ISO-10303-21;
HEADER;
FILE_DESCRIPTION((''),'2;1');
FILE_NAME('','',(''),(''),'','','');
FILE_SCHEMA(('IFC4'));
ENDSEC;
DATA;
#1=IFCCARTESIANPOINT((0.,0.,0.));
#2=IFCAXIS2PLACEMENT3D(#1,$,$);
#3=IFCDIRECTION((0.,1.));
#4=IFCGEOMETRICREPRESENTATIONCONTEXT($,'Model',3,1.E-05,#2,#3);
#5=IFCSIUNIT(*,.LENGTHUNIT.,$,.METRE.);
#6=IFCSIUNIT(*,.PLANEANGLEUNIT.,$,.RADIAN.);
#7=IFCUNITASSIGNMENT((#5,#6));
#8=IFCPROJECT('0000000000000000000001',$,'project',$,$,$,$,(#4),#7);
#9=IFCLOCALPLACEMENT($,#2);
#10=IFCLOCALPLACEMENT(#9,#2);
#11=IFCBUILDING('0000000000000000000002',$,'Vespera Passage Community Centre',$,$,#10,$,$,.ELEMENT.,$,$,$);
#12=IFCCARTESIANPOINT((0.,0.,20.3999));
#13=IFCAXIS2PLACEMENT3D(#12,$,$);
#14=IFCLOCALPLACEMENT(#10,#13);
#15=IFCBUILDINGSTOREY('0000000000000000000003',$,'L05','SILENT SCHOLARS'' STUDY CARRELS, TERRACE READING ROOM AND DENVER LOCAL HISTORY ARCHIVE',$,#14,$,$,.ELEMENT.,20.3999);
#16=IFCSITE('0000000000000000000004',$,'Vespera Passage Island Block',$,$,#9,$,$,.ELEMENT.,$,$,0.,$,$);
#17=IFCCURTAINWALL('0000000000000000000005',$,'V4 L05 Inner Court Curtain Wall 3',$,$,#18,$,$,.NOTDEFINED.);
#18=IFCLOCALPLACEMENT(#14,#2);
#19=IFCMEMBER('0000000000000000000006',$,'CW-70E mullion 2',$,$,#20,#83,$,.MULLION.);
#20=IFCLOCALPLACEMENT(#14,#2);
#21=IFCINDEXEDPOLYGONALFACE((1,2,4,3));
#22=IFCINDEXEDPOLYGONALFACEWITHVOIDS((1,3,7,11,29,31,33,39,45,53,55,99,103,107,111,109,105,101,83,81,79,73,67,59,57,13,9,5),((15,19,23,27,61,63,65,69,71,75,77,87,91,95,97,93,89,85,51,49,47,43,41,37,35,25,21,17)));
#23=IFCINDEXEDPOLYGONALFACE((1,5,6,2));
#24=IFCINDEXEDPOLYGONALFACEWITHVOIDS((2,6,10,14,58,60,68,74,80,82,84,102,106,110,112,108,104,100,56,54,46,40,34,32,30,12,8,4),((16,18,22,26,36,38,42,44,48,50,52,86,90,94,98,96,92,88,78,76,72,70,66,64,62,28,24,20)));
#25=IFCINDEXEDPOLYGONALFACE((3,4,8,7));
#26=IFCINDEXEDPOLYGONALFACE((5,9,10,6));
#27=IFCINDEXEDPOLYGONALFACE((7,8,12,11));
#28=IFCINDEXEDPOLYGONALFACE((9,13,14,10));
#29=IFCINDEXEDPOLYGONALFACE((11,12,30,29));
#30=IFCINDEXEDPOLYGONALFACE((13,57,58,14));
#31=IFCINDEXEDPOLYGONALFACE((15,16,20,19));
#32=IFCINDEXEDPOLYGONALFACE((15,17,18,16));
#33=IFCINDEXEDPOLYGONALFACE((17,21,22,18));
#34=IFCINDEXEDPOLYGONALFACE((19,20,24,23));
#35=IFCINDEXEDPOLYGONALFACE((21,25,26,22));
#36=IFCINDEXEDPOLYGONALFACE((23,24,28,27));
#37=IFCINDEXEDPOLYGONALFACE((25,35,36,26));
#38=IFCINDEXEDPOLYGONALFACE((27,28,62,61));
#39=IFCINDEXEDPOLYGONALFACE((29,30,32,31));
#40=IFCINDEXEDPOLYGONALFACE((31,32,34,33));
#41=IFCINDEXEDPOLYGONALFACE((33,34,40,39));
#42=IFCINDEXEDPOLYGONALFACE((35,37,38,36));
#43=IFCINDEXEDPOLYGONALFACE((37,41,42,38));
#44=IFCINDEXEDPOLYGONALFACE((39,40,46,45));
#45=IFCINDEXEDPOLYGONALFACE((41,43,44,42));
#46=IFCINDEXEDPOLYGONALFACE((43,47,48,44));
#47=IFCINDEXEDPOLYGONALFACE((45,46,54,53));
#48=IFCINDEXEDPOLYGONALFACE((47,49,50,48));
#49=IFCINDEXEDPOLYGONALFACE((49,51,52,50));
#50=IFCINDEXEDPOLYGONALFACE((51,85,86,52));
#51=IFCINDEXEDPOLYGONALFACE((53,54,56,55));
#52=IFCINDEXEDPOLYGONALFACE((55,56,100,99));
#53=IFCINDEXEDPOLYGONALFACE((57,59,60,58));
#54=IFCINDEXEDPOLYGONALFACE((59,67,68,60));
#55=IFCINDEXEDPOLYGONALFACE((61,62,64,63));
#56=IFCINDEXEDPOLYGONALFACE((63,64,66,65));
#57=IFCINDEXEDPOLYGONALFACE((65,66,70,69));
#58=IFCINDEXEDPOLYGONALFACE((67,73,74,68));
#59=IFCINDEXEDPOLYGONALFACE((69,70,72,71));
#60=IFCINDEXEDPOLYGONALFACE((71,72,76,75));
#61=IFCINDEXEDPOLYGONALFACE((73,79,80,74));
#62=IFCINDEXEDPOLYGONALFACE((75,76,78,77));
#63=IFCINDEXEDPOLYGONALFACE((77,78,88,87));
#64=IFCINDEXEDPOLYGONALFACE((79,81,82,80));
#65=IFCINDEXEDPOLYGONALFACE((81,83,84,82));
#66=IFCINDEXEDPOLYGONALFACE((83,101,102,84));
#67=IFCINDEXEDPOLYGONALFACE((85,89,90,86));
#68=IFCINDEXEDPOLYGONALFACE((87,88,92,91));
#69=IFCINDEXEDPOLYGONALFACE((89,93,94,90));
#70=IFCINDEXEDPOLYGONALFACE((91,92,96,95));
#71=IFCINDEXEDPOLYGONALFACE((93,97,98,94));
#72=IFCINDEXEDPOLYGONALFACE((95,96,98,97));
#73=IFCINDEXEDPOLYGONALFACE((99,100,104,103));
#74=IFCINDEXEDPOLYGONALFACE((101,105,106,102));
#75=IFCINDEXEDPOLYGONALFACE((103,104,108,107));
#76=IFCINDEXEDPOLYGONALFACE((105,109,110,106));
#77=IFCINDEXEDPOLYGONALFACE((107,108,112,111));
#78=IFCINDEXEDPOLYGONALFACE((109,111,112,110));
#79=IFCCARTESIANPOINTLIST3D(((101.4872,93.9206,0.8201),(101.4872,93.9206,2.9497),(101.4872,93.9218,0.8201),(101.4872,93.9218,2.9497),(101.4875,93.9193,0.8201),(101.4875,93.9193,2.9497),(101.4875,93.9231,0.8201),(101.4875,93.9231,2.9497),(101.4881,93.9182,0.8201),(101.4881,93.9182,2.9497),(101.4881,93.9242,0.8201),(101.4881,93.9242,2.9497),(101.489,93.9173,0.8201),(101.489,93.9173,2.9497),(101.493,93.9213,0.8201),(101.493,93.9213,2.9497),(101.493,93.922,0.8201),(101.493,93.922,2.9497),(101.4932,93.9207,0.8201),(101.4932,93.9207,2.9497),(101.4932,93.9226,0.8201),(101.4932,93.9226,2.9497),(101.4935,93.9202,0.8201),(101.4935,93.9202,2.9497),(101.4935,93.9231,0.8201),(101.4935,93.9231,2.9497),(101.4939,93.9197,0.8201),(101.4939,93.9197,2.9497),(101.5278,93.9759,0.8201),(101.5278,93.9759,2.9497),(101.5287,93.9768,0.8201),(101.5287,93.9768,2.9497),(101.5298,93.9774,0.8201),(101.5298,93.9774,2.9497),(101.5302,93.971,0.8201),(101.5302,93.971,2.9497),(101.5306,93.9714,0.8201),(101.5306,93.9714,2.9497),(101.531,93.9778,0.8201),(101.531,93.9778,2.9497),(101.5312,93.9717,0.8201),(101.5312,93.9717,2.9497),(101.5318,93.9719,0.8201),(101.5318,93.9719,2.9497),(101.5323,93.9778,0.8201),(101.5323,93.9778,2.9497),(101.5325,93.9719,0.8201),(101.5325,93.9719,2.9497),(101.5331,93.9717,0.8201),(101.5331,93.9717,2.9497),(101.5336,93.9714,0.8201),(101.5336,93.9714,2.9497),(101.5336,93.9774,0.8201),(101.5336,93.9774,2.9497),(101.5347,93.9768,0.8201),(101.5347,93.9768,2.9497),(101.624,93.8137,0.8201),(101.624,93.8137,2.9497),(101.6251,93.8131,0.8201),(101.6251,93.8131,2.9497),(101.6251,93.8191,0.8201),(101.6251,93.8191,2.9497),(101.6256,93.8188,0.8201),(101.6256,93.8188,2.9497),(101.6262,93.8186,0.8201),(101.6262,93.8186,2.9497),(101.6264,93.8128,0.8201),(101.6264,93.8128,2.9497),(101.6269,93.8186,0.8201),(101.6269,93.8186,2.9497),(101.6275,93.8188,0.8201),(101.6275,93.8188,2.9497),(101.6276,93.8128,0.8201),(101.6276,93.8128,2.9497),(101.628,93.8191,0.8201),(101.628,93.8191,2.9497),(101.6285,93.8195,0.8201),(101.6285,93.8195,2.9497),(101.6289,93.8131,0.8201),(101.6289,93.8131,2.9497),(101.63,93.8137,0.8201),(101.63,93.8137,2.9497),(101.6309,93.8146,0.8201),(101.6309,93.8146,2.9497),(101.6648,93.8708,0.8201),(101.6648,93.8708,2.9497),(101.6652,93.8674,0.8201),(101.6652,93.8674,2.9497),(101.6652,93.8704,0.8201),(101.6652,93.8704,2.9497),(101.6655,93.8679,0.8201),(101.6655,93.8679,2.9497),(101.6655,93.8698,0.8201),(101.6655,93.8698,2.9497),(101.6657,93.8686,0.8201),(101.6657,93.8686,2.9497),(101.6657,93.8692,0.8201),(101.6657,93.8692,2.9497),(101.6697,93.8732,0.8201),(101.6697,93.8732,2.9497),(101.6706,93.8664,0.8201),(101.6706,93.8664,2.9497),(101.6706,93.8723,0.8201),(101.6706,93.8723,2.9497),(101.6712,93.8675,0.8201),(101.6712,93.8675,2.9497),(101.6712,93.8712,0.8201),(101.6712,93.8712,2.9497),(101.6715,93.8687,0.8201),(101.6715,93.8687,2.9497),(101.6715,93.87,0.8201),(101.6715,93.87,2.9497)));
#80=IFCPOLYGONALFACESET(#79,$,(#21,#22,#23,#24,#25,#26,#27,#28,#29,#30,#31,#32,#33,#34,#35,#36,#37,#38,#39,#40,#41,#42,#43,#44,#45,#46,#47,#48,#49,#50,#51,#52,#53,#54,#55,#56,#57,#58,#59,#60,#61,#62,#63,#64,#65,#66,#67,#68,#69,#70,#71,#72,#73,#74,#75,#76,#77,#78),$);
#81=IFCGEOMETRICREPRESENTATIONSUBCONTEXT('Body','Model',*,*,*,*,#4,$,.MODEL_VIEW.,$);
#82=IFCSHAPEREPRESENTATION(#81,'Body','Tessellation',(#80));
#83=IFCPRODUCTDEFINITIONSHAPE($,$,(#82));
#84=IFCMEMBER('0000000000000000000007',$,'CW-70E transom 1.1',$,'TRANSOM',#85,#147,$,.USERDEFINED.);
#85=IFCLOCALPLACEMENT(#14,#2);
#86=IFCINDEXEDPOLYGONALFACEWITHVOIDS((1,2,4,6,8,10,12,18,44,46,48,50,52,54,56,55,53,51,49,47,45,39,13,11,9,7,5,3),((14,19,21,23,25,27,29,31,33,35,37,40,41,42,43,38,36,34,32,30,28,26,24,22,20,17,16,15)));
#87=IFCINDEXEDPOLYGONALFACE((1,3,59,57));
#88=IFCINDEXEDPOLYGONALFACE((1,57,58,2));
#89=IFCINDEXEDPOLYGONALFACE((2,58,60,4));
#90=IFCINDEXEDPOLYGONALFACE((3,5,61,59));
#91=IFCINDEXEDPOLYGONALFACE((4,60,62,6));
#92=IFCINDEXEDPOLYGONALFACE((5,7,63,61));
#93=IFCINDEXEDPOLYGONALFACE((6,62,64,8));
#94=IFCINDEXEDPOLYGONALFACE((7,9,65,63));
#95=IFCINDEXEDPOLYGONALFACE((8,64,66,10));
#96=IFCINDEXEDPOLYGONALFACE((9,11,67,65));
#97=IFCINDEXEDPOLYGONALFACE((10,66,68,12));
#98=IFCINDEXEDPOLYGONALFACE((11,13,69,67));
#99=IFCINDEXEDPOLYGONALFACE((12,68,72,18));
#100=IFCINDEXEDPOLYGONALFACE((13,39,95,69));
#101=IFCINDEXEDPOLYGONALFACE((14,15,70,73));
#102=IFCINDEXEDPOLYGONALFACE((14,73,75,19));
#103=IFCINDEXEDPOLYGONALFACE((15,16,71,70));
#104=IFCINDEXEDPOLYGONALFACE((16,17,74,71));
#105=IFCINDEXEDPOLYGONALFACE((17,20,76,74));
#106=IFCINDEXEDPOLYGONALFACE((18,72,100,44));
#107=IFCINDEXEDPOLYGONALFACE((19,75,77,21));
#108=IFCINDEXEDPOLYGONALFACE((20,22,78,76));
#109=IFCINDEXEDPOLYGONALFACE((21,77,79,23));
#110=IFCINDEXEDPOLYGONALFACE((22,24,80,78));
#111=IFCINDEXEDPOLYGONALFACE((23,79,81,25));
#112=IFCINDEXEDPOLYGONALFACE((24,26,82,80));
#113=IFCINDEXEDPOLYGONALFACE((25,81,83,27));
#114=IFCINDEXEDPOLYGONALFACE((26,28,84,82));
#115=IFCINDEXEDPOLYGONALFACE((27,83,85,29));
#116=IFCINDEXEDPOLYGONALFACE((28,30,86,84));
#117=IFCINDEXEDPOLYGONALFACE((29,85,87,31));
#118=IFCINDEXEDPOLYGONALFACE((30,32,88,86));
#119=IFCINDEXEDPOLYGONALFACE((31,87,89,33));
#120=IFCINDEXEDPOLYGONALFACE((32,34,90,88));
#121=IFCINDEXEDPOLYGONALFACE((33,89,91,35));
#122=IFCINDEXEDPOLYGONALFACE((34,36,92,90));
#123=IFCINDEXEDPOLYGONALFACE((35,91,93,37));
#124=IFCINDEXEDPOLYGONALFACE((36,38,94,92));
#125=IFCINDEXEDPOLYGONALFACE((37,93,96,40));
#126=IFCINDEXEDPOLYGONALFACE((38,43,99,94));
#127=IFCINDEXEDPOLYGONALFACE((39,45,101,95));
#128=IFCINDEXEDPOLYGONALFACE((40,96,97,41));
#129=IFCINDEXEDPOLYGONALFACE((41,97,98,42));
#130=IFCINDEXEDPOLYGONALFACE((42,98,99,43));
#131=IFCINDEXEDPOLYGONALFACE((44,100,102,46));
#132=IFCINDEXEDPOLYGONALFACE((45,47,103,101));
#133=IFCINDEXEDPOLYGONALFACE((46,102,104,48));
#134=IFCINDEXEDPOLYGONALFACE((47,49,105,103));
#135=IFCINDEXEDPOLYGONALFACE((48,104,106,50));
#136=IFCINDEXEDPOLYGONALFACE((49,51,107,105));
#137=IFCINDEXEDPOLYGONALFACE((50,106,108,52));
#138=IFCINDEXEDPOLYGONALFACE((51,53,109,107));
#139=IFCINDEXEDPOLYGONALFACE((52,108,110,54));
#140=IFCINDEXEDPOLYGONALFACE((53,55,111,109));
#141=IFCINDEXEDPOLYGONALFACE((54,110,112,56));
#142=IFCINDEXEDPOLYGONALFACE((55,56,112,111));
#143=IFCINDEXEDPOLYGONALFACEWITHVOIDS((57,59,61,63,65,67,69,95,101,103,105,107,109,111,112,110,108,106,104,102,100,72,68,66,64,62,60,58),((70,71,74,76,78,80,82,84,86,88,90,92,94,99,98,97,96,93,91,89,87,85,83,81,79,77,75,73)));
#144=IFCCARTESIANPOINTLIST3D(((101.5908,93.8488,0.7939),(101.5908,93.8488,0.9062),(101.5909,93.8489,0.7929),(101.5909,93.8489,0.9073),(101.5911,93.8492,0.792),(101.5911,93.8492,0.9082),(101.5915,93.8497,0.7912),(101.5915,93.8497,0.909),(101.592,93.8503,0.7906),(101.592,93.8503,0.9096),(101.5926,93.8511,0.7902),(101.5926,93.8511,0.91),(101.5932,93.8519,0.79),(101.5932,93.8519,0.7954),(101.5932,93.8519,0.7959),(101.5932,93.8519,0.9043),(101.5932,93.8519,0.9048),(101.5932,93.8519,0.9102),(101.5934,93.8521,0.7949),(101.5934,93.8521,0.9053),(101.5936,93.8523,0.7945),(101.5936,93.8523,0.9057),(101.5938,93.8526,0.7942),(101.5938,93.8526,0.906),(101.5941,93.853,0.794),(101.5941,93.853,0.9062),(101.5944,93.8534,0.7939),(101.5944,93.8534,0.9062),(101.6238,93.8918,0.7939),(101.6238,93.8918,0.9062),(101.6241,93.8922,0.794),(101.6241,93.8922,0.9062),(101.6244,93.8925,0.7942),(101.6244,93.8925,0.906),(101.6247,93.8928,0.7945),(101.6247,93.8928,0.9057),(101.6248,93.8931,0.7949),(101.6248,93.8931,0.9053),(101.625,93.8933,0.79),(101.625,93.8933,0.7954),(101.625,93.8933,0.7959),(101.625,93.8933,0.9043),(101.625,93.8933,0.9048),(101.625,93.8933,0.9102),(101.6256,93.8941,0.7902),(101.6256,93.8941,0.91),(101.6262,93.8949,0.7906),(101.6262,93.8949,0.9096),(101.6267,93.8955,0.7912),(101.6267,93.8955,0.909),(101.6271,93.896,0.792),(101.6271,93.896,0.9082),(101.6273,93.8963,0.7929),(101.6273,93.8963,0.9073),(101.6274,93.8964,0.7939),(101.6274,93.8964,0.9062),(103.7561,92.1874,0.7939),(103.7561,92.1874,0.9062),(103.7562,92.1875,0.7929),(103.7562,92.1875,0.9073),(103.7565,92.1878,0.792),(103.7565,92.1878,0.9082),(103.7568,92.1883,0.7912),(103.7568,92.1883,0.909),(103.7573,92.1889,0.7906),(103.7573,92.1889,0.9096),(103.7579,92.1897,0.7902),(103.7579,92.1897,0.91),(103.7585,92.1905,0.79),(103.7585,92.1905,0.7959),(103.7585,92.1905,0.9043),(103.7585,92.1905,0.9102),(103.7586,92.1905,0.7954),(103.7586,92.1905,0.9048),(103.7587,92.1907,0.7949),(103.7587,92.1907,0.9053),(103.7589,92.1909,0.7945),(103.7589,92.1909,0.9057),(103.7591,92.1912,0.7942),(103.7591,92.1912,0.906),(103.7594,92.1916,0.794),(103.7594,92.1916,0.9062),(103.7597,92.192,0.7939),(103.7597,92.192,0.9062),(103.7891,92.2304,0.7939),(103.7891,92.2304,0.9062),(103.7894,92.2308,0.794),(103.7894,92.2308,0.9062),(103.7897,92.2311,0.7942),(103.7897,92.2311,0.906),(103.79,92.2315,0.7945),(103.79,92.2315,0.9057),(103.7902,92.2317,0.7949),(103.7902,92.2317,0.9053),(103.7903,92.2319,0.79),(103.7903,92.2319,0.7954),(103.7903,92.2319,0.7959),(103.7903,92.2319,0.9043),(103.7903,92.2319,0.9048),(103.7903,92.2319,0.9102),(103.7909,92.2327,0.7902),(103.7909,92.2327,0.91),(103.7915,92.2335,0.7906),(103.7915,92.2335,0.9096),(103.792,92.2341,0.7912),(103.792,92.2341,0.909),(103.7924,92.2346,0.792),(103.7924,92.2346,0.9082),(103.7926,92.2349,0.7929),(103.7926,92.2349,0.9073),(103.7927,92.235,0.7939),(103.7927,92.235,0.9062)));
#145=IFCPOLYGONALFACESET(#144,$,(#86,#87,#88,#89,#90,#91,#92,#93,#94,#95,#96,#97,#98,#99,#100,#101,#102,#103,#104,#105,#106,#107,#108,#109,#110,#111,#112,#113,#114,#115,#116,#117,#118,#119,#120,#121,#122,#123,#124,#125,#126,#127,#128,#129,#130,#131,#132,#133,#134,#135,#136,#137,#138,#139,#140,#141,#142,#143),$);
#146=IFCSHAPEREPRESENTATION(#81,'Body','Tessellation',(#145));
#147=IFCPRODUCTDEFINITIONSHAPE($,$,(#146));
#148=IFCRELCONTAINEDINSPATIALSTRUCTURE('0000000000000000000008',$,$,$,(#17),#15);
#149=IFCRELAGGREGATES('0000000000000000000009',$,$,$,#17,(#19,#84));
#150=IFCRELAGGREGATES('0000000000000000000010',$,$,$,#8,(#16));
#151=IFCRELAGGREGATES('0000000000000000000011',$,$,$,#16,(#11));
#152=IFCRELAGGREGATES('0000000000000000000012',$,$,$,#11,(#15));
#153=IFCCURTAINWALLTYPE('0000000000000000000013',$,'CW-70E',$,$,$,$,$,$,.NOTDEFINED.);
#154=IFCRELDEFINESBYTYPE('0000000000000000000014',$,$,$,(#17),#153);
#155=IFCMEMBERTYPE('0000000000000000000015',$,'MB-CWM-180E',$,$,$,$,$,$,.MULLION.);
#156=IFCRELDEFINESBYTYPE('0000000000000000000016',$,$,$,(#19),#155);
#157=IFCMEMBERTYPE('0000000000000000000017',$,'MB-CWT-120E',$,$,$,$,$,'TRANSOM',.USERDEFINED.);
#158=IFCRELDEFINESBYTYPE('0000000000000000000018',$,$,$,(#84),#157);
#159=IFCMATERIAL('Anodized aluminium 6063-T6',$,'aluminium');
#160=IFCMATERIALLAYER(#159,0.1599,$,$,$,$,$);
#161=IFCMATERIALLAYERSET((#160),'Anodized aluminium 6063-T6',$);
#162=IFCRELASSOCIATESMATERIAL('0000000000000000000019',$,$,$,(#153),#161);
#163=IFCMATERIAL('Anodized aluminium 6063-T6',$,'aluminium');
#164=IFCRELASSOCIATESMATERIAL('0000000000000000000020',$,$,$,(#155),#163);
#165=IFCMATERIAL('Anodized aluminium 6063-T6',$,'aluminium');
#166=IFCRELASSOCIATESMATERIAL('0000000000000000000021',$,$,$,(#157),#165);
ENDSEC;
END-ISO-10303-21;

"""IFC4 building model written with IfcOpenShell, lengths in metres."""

from ifc_helpers import new_model, si_unit, direction, frame, origin, origin_2d, place, context, subcontext, project, spatial, hollow_rectangle, extrude, material, layer, layer_set, material_profile, profile_set, type_object, element, aggregate, save


model = new_model("IFC4")

# Units and contexts
model_context = context("Model", 3, precision=1e-05, world=origin(), true_north=direction((0.0, 1.0)))
body_context = subcontext(model_context, "Body", "Model", "MODEL_VIEW")
ifc_project = project(units=[si_unit("LENGTHUNIT", "METRE"), si_unit("PLANEANGLEUNIT", "RADIAN")], contexts=[model_context])

# Site, building, storey
site_placement = place(None, origin())
site = spatial("IfcSite", under=ifc_project, at=site_placement, Name="Vespera Passage Island Block", CompositionType="ELEMENT", RefElevation=0.0)
building_placement = place(site_placement, origin())
building = spatial("IfcBuilding", under=site, at=building_placement, Name="Vespera Passage Community Centre", CompositionType="ELEMENT")
storey_placement = place(building_placement, frame((0.0, 0.0, 20.3999)))
storey = spatial("IfcBuildingStorey", under=building, at=storey_placement, Name="L05", Description="SILENT SCHOLARS' STUDY CARRELS, TERRACE READING ROOM AND DENVER LOCAL HISTORY ARCHIVE", CompositionType="ELEMENT", Elevation=20.3999)

# Curtain wall, members
ifc_material_1 = material(Name="Anodized aluminium 6063-T6", Category="aluminium")
ifc_layer_1 = layer(ifc_material_1, 0.1599)
ifc_layer_set_1 = layer_set([ifc_layer_1], Name="Anodized aluminium 6063-T6")
curtain_wall_type_1 = type_object("IfcCurtainWallType", Name="CW-70E", PredefinedType="NOTDEFINED", material=ifc_layer_set_1)
curtain_wall_1_placement = place(storey_placement, origin())
curtain_wall_1 = element("IfcCurtainWall", 1, at=curtain_wall_1_placement, inside=storey, type_object=curtain_wall_type_1, Name="V4 L05 Inner Court Curtain Wall 3", PredefinedType="NOTDEFINED")
ifc_material_2 = material(Name="Anodized aluminium 6063-T6", Category="aluminium")
ifc_material_profile_1 = material_profile(ifc_material_2, hollow_rectangle(XDim=0.075, YDim=0.1799, WallThickness=0.0049, InnerFilletRadius=0.0024, OuterFilletRadius=0.0049, at=origin_2d()), Name="ALU180X75X5")
ifc_profile_set_1 = profile_set([ifc_material_profile_1], Name="Anodized aluminium 6063-T6")
member_type_1 = type_object("IfcMemberType", Name="MB-CWM-180E", PredefinedType="MULLION", material=ifc_profile_set_1)
member_1_placement = place(storey_placement, frame((101.5793, 93.8953, 0.8201), z_axis=(0.0, 0.0, 1.0), x_axis=(-0.608755, -0.793358, 0.0)))
member_1 = element("IfcMember", 2, at=member_1_placement, type_object=member_type_1, Name="CW-70E mullion 2", PredefinedType="MULLION", context=body_context, shape_type="SweptSolid", body=[
    extrude(hollow_rectangle(XDim=0.075, YDim=0.1799, WallThickness=0.0049, InnerFilletRadius=0.0024, OuterFilletRadius=0.0049, at=origin_2d()), origin(), (0.0, 0.0, 1.0), 2.1296),
])
ifc_material_3 = material(Name="Anodized aluminium 6063-T6", Category="aluminium")
ifc_material_profile_2 = material_profile(ifc_material_3, hollow_rectangle(XDim=0.0601, YDim=0.1201, WallThickness=0.0039, InnerFilletRadius=0.002, OuterFilletRadius=0.0039, at=origin_2d()), Name="ALU120X60X4")
ifc_profile_set_2 = profile_set([ifc_material_profile_2], Name="Anodized aluminium 6063-T6")
member_type_2 = type_object("IfcMemberType", Name="MB-CWT-120E", ElementType="TRANSOM", PredefinedType="USERDEFINED", material=ifc_profile_set_2)
member_2_placement = place(storey_placement, frame((103.7744, 92.2112, 0.8501), z_axis=(-0.793372, 0.608738, 0.0), x_axis=(-0.608738, -0.793372, 0.0)))
member_2 = element("IfcMember", 3, at=member_2_placement, type_object=member_type_2, Name="CW-70E transom 1.1", ObjectType="TRANSOM", PredefinedType="USERDEFINED", context=body_context, shape_type="SweptSolid", body=[
    extrude(hollow_rectangle(XDim=0.0601, YDim=0.1201, WallThickness=0.0039, InnerFilletRadius=0.002, OuterFilletRadius=0.0039, at=origin_2d()), origin(), (0.0, 0.0, 1.0), 2.7292),
])

aggregate(curtain_wall_1, [member_1, member_2])

save(model, "model.ifc")
